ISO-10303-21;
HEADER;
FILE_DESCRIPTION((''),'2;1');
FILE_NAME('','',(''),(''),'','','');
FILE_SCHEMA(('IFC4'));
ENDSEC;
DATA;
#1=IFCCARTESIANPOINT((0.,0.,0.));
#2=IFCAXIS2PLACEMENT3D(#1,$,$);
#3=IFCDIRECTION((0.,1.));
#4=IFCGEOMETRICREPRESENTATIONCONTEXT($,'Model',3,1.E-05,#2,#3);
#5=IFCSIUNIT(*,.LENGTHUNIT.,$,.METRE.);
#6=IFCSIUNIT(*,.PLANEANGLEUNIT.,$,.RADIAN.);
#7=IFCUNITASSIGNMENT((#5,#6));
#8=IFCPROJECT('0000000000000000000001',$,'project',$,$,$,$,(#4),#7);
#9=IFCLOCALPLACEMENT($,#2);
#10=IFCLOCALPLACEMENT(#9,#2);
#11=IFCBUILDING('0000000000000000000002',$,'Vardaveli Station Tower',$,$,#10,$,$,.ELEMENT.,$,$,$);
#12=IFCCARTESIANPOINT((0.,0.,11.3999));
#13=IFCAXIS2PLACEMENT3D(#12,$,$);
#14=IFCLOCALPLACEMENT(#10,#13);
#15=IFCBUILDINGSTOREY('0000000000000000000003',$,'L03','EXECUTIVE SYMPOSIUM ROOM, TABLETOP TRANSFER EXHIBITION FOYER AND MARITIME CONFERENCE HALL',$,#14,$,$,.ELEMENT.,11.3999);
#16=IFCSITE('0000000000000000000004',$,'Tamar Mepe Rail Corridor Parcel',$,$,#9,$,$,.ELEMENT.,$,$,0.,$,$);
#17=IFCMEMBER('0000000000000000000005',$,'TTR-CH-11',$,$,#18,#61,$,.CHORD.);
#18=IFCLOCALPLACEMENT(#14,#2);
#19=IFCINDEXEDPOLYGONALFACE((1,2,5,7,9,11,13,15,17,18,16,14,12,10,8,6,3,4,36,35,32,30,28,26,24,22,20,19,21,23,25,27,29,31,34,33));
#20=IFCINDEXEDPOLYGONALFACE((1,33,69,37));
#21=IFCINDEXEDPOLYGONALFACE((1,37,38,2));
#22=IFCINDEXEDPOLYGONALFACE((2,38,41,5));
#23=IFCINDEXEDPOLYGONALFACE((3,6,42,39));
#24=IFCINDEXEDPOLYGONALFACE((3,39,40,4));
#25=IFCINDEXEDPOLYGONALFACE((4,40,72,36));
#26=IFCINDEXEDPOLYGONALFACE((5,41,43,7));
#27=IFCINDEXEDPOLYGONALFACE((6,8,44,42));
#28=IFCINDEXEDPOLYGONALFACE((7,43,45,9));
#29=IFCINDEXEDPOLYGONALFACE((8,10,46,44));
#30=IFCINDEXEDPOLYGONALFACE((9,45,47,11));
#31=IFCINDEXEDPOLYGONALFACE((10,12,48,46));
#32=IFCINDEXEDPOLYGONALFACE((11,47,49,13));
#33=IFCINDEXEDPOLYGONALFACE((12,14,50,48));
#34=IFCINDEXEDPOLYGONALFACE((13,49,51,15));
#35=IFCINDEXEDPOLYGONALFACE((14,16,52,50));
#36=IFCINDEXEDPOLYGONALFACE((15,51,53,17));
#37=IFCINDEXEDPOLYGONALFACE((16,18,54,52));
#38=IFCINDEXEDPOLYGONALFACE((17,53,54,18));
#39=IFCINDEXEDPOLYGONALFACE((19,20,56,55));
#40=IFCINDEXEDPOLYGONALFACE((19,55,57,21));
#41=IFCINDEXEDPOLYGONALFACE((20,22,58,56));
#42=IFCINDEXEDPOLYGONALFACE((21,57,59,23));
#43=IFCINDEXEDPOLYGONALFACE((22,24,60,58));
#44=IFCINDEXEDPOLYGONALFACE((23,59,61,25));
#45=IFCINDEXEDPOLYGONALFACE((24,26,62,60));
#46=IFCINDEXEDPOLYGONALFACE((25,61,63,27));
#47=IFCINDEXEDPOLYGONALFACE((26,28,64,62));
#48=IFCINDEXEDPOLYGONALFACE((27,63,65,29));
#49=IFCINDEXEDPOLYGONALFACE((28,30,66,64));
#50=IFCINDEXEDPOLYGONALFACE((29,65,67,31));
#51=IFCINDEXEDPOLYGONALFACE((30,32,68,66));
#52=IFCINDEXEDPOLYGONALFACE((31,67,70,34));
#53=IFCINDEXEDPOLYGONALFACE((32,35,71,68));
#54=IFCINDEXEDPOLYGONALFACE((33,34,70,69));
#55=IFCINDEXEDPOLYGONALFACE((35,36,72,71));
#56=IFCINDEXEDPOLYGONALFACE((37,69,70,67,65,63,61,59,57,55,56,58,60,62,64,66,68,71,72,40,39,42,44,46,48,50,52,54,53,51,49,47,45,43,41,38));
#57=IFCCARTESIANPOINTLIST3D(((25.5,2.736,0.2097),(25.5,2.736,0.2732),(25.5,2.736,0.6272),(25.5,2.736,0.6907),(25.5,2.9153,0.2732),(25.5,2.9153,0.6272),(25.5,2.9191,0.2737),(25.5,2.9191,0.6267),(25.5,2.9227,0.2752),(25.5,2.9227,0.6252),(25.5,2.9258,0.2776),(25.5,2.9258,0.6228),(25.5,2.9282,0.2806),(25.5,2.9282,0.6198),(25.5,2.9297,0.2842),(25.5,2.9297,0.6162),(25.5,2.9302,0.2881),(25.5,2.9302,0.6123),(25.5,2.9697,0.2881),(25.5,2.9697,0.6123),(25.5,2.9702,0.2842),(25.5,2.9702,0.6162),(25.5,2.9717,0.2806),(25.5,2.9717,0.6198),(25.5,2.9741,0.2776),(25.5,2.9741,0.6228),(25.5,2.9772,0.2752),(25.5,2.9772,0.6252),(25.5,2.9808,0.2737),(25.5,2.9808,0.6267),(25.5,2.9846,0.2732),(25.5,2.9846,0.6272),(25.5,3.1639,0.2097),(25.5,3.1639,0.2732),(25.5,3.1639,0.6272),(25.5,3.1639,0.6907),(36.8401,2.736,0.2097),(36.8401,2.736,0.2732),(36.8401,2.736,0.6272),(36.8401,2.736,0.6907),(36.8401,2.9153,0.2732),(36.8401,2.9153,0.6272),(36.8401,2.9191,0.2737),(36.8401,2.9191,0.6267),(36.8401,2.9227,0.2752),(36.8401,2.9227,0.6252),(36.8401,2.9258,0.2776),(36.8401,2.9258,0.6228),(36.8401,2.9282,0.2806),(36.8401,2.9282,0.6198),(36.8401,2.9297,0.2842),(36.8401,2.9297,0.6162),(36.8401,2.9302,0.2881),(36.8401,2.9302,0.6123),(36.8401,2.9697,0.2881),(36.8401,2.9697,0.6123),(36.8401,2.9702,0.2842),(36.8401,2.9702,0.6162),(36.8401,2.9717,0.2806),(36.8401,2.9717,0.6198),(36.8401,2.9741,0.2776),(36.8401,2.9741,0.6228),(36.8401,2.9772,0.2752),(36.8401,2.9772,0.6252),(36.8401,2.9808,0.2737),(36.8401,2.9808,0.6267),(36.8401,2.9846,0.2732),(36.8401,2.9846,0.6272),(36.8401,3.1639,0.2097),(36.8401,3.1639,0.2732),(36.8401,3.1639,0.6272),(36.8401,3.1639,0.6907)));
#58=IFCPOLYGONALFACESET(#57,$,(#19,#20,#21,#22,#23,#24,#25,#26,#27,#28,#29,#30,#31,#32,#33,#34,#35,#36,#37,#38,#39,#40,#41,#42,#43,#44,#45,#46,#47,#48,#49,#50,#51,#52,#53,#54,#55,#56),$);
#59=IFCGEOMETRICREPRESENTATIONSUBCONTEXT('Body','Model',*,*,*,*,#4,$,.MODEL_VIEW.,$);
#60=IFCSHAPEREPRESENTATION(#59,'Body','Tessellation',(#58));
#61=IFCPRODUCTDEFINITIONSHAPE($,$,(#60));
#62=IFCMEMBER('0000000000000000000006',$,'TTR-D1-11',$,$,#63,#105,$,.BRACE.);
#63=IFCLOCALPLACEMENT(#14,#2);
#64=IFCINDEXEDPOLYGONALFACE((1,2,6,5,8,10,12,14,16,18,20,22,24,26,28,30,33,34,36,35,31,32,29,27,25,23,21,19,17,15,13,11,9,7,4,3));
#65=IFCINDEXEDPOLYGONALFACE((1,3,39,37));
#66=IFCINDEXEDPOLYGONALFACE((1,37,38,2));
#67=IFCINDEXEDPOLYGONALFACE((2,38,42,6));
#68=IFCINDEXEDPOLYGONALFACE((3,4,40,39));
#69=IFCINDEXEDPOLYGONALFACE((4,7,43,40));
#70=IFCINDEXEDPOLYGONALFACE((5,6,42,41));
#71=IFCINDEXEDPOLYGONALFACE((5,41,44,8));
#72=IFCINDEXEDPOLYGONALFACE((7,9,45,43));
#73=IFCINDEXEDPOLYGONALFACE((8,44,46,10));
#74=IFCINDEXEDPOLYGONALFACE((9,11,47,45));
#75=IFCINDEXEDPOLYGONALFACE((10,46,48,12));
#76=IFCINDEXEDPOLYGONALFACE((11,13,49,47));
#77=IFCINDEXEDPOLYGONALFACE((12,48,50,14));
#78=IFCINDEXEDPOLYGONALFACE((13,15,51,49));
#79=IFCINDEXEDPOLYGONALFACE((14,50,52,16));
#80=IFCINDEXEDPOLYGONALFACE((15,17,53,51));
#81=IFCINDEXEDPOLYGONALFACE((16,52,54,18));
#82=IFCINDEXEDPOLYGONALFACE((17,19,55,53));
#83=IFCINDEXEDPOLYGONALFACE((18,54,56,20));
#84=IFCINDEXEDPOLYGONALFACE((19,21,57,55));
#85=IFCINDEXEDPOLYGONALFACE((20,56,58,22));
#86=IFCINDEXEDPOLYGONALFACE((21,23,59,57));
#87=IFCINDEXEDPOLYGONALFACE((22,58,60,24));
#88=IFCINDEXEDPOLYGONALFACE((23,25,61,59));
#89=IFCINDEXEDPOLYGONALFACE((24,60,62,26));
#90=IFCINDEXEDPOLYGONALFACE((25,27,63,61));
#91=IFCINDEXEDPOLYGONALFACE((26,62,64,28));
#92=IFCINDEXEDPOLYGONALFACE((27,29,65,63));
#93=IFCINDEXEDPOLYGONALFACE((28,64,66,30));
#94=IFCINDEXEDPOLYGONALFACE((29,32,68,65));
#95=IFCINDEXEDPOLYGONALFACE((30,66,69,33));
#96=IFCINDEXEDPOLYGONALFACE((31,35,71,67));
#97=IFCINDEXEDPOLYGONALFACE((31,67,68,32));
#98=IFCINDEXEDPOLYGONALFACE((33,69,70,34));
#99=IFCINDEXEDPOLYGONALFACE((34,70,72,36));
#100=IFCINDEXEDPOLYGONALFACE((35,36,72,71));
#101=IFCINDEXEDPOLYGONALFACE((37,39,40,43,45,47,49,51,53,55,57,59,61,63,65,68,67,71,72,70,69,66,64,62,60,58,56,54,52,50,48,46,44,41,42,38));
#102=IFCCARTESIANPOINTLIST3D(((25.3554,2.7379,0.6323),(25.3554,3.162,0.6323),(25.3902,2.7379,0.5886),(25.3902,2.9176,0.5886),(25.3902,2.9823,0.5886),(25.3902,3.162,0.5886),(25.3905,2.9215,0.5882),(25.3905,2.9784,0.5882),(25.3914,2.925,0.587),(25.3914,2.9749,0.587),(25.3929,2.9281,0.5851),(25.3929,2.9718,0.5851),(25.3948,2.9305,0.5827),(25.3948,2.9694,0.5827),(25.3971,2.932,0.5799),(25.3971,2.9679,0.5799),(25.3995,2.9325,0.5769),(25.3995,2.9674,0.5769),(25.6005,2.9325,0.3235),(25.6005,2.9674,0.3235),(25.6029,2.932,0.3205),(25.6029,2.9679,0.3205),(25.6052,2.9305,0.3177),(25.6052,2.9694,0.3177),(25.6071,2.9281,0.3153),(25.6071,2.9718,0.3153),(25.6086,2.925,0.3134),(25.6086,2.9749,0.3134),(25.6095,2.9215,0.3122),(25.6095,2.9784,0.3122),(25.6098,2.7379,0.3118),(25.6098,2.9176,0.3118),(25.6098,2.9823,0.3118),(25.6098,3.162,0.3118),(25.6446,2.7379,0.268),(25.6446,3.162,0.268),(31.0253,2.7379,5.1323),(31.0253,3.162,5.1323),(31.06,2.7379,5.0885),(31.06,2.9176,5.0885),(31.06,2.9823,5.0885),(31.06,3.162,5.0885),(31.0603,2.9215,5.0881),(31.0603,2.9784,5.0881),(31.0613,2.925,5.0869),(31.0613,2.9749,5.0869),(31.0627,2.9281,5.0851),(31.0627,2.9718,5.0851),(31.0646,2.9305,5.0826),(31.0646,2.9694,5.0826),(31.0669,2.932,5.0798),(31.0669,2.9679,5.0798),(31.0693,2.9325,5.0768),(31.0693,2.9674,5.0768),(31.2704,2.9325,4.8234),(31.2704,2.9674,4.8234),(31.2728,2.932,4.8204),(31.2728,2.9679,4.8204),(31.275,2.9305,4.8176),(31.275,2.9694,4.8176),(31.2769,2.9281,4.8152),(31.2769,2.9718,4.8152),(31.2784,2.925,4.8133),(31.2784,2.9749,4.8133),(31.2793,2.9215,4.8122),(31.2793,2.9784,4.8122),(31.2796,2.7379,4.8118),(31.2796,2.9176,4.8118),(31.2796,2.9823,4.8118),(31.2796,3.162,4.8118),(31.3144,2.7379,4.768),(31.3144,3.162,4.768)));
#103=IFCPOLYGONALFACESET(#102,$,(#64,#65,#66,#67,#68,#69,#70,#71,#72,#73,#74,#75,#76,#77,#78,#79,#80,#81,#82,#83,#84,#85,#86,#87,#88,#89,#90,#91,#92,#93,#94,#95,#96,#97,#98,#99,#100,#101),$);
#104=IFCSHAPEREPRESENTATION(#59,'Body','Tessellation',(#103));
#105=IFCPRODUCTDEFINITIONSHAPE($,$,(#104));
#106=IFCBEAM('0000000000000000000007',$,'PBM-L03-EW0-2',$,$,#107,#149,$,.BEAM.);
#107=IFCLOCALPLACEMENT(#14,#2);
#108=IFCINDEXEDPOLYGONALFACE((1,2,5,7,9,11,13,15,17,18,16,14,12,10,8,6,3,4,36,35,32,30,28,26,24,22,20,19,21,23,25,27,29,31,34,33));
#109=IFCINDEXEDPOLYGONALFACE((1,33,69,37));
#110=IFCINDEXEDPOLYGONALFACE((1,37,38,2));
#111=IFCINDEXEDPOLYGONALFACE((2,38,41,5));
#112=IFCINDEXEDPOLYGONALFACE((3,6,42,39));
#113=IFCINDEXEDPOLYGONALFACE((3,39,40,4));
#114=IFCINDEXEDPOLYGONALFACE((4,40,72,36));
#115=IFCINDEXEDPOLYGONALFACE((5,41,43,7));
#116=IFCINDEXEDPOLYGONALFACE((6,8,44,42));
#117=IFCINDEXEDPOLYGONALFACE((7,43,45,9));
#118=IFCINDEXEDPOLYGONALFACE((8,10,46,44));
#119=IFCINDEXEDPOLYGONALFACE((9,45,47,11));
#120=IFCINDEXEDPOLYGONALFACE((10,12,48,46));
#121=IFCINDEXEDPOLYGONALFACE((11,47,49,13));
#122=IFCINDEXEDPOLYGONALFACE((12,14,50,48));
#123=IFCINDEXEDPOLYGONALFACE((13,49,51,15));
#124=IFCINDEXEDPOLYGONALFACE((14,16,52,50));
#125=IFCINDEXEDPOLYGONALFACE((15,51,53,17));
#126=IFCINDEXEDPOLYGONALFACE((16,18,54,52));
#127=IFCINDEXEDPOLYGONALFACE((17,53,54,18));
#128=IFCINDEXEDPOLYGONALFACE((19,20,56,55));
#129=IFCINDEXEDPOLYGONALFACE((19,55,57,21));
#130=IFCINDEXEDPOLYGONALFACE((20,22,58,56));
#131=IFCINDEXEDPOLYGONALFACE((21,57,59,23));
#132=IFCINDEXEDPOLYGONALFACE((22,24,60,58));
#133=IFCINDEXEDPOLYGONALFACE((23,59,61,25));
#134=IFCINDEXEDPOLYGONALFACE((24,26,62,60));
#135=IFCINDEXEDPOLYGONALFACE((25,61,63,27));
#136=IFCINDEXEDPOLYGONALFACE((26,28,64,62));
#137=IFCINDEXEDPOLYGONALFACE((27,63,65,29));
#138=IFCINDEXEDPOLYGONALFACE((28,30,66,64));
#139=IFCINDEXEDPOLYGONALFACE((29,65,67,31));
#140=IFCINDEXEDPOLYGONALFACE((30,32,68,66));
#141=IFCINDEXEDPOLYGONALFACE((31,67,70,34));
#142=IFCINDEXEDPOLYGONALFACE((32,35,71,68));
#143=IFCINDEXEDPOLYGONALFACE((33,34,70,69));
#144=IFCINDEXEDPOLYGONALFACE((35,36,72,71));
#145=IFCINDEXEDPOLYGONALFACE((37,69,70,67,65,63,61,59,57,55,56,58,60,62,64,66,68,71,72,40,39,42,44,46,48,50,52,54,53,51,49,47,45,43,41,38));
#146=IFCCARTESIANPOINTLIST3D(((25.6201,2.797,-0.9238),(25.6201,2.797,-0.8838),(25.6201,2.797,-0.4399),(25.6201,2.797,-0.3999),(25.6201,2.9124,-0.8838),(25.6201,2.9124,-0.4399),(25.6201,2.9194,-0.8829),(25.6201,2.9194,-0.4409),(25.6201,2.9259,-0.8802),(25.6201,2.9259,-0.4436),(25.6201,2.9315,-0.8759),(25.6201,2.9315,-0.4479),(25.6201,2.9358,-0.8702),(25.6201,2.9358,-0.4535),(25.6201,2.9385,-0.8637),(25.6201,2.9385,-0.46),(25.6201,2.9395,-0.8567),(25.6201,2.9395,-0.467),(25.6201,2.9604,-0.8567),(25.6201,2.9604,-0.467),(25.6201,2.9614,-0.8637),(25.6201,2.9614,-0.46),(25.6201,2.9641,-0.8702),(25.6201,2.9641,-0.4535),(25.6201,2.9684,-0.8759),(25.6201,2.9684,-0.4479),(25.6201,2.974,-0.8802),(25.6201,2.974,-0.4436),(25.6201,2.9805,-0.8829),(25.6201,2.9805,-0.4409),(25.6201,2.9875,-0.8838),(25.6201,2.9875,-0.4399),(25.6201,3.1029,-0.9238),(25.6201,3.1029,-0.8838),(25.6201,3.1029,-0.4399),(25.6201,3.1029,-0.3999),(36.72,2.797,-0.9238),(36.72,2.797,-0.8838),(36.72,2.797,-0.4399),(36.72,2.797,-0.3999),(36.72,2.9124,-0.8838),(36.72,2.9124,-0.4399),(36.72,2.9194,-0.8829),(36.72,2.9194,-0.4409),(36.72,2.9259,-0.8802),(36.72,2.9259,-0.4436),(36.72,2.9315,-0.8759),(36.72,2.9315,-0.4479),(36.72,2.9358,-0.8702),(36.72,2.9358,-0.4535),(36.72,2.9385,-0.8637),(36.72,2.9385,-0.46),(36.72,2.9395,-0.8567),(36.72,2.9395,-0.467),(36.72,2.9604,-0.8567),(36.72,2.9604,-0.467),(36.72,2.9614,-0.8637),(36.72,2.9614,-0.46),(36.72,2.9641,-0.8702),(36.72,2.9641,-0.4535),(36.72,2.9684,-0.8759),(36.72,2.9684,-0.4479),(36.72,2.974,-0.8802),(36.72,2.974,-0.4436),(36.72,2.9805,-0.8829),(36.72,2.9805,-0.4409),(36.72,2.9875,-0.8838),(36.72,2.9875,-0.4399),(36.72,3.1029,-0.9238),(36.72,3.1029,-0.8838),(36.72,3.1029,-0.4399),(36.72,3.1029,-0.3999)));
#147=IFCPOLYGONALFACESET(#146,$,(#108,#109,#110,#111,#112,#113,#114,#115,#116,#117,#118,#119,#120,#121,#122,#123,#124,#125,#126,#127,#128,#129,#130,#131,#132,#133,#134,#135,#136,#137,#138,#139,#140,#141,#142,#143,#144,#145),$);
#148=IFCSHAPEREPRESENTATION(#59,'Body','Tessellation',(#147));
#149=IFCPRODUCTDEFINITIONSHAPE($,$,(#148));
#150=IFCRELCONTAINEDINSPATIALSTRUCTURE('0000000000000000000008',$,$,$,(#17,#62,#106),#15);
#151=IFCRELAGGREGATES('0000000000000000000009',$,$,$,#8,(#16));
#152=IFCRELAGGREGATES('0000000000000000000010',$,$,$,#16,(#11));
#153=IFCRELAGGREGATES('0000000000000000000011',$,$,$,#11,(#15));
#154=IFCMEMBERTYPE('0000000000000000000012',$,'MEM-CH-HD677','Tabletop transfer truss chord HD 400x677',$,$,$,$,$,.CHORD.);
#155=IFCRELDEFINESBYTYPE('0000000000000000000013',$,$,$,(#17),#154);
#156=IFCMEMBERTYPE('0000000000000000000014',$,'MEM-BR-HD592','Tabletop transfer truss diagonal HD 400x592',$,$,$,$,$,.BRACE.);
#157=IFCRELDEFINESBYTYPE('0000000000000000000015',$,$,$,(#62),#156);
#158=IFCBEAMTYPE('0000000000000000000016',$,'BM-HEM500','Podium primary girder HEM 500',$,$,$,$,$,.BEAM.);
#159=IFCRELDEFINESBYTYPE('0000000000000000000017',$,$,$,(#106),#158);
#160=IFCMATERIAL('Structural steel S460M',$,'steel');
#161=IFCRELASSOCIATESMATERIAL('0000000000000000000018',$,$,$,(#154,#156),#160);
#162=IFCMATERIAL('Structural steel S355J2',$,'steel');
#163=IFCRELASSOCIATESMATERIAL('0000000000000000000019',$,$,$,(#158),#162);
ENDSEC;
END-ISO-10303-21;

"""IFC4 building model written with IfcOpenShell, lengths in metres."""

from ifc_helpers import new_model, si_unit, direction, frame, origin, origin_2d, place, context, subcontext, project, spatial, i_section, extrude, source, transform, mapped, material, material_profile, profile_set, type_object, element, save


model = new_model("IFC4")

# Units and contexts
model_context = context("Model", 3, precision=1e-05, world=origin(), true_north=direction((0.0, 1.0)))
body_context = subcontext(model_context, "Body", "Model", "MODEL_VIEW")
ifc_project = project(units=[si_unit("LENGTHUNIT", "METRE"), si_unit("PLANEANGLEUNIT", "RADIAN")], contexts=[model_context])

# Site, building, storey
site_placement = place(None, origin())
site = spatial("IfcSite", under=ifc_project, at=site_placement, Name="Tamar Mepe Rail Corridor Parcel", CompositionType="ELEMENT", RefElevation=0.0)
building_placement = place(site_placement, origin())
building = spatial("IfcBuilding", under=site, at=building_placement, Name="Vardaveli Station Tower", CompositionType="ELEMENT")
storey_placement = place(building_placement, frame((0.0, 0.0, 11.3999)))
storey = spatial("IfcBuildingStorey", under=building, at=storey_placement, Name="L03", Description="EXECUTIVE SYMPOSIUM ROOM, TABLETOP TRANSFER EXHIBITION FOYER AND MARITIME CONFERENCE HALL", CompositionType="ELEMENT", Elevation=11.3999)

# Shared definitions
ifc_material_1 = material(Name="Structural steel S460M", Category="steel")

# Members
ifc_material_profile_1 = material_profile(ifc_material_1, i_section(OverallWidth=0.428, OverallDepth=0.481, WebThickness=0.0396, FlangeThickness=0.0635, FilletRadius=0.0149, at=origin_2d()), Name="HD 400x677")
ifc_profile_set_1 = profile_set([ifc_material_profile_1], Name="Structural steel S460M")
member_type_1 = type_object("IfcMemberType", Name="MEM-CH-HD677", Description="Tabletop transfer truss chord HD 400x677", PredefinedType="CHORD", material=ifc_profile_set_1)
shared_shape_1 = source(origin(), body_context, "Body", "SweptSolid", [
    extrude(i_section(OverallWidth=0.428, OverallDepth=0.481, WebThickness=0.0396, FlangeThickness=0.0635, FilletRadius=0.0149, at=origin_2d()), origin(), (0.0, 0.0, 1.0), 11.3401),
])
member_1_placement = place(storey_placement, frame((25.5, 2.95, 0.4502), z_axis=(1.0, 0.0, 0.0), x_axis=(0.0, 1.0, 0.0)))
element("IfcMember", 1, at=member_1_placement, inside=storey, type_object=member_type_1, Name="TTR-CH-11", PredefinedType="CHORD", context=body_context, shape_type="MappedRepresentation", body=[
    mapped(shared_shape_1, transform((0.0, 0.0, 0.0), scale=1.0)),
])
ifc_material_profile_2 = material_profile(ifc_material_1, i_section(OverallWidth=0.4241, OverallDepth=0.4651, WebThickness=0.0349, FlangeThickness=0.0559, FilletRadius=0.0149, at=origin_2d()), Name="HD 400x592")
ifc_profile_set_2 = profile_set([ifc_material_profile_2], Name="Structural steel S460M")
member_type_2 = type_object("IfcMemberType", Name="MEM-BR-HD592", Description="Tabletop transfer truss diagonal HD 400x592", PredefinedType="BRACE", material=ifc_profile_set_2)
shared_shape_2 = source(origin(), body_context, "Body", "SweptSolid", [
    extrude(i_section(OverallWidth=0.4241, OverallDepth=0.4651, WebThickness=0.0349, FlangeThickness=0.0559, FilletRadius=0.0149, at=origin_2d()), origin(), (0.0, 0.0, 1.0), 7.2385),
])
member_2_placement = place(storey_placement, frame((25.5, 2.95, 0.4502), z_axis=(0.783285, 0.0, 0.621663), x_axis=(0.0, 1.0, 0.0)))
element("IfcMember", 2, at=member_2_placement, inside=storey, type_object=member_type_2, Name="TTR-D1-11", PredefinedType="BRACE", context=body_context, shape_type="MappedRepresentation", body=[
    mapped(shared_shape_2, transform((0.0, 0.0, 0.0), scale=1.0)),
])

# Beam
ifc_material_2 = material(Name="Structural steel S355J2", Category="steel")
ifc_material_profile_3 = material_profile(ifc_material_2, i_section(OverallWidth=0.3059, OverallDepth=0.5239, WebThickness=0.021, FlangeThickness=0.04, FilletRadius=0.0271, at=origin_2d()), Name="HEM 500")
ifc_profile_set_3 = profile_set([ifc_material_profile_3], Name="Structural steel S355J2")
beam_type_1 = type_object("IfcBeamType", Name="BM-HEM500", Description="Podium primary girder HEM 500", PredefinedType="BEAM", material=ifc_profile_set_3)
shared_shape_3 = source(origin(), body_context, "Body", "SweptSolid", [
    extrude(i_section(OverallWidth=0.3059, OverallDepth=0.5239, WebThickness=0.021, FlangeThickness=0.04, FilletRadius=0.0271, at=origin_2d()), origin(), (0.0, 0.0, 1.0), 11.0999),
])
beam_1_placement = place(storey_placement, frame((25.6201, 2.95, -0.6619), z_axis=(1.0, 0.0, 0.0), x_axis=(0.0, 1.0, 0.0)))
element("IfcBeam", 3, at=beam_1_placement, inside=storey, type_object=beam_type_1, Name="PBM-L03-EW0-2", PredefinedType="BEAM", context=body_context, shape_type="MappedRepresentation", body=[
    mapped(shared_shape_3, transform((0.0, 0.0, 0.0), scale=1.0)),
])

save(model, "model.ifc")
